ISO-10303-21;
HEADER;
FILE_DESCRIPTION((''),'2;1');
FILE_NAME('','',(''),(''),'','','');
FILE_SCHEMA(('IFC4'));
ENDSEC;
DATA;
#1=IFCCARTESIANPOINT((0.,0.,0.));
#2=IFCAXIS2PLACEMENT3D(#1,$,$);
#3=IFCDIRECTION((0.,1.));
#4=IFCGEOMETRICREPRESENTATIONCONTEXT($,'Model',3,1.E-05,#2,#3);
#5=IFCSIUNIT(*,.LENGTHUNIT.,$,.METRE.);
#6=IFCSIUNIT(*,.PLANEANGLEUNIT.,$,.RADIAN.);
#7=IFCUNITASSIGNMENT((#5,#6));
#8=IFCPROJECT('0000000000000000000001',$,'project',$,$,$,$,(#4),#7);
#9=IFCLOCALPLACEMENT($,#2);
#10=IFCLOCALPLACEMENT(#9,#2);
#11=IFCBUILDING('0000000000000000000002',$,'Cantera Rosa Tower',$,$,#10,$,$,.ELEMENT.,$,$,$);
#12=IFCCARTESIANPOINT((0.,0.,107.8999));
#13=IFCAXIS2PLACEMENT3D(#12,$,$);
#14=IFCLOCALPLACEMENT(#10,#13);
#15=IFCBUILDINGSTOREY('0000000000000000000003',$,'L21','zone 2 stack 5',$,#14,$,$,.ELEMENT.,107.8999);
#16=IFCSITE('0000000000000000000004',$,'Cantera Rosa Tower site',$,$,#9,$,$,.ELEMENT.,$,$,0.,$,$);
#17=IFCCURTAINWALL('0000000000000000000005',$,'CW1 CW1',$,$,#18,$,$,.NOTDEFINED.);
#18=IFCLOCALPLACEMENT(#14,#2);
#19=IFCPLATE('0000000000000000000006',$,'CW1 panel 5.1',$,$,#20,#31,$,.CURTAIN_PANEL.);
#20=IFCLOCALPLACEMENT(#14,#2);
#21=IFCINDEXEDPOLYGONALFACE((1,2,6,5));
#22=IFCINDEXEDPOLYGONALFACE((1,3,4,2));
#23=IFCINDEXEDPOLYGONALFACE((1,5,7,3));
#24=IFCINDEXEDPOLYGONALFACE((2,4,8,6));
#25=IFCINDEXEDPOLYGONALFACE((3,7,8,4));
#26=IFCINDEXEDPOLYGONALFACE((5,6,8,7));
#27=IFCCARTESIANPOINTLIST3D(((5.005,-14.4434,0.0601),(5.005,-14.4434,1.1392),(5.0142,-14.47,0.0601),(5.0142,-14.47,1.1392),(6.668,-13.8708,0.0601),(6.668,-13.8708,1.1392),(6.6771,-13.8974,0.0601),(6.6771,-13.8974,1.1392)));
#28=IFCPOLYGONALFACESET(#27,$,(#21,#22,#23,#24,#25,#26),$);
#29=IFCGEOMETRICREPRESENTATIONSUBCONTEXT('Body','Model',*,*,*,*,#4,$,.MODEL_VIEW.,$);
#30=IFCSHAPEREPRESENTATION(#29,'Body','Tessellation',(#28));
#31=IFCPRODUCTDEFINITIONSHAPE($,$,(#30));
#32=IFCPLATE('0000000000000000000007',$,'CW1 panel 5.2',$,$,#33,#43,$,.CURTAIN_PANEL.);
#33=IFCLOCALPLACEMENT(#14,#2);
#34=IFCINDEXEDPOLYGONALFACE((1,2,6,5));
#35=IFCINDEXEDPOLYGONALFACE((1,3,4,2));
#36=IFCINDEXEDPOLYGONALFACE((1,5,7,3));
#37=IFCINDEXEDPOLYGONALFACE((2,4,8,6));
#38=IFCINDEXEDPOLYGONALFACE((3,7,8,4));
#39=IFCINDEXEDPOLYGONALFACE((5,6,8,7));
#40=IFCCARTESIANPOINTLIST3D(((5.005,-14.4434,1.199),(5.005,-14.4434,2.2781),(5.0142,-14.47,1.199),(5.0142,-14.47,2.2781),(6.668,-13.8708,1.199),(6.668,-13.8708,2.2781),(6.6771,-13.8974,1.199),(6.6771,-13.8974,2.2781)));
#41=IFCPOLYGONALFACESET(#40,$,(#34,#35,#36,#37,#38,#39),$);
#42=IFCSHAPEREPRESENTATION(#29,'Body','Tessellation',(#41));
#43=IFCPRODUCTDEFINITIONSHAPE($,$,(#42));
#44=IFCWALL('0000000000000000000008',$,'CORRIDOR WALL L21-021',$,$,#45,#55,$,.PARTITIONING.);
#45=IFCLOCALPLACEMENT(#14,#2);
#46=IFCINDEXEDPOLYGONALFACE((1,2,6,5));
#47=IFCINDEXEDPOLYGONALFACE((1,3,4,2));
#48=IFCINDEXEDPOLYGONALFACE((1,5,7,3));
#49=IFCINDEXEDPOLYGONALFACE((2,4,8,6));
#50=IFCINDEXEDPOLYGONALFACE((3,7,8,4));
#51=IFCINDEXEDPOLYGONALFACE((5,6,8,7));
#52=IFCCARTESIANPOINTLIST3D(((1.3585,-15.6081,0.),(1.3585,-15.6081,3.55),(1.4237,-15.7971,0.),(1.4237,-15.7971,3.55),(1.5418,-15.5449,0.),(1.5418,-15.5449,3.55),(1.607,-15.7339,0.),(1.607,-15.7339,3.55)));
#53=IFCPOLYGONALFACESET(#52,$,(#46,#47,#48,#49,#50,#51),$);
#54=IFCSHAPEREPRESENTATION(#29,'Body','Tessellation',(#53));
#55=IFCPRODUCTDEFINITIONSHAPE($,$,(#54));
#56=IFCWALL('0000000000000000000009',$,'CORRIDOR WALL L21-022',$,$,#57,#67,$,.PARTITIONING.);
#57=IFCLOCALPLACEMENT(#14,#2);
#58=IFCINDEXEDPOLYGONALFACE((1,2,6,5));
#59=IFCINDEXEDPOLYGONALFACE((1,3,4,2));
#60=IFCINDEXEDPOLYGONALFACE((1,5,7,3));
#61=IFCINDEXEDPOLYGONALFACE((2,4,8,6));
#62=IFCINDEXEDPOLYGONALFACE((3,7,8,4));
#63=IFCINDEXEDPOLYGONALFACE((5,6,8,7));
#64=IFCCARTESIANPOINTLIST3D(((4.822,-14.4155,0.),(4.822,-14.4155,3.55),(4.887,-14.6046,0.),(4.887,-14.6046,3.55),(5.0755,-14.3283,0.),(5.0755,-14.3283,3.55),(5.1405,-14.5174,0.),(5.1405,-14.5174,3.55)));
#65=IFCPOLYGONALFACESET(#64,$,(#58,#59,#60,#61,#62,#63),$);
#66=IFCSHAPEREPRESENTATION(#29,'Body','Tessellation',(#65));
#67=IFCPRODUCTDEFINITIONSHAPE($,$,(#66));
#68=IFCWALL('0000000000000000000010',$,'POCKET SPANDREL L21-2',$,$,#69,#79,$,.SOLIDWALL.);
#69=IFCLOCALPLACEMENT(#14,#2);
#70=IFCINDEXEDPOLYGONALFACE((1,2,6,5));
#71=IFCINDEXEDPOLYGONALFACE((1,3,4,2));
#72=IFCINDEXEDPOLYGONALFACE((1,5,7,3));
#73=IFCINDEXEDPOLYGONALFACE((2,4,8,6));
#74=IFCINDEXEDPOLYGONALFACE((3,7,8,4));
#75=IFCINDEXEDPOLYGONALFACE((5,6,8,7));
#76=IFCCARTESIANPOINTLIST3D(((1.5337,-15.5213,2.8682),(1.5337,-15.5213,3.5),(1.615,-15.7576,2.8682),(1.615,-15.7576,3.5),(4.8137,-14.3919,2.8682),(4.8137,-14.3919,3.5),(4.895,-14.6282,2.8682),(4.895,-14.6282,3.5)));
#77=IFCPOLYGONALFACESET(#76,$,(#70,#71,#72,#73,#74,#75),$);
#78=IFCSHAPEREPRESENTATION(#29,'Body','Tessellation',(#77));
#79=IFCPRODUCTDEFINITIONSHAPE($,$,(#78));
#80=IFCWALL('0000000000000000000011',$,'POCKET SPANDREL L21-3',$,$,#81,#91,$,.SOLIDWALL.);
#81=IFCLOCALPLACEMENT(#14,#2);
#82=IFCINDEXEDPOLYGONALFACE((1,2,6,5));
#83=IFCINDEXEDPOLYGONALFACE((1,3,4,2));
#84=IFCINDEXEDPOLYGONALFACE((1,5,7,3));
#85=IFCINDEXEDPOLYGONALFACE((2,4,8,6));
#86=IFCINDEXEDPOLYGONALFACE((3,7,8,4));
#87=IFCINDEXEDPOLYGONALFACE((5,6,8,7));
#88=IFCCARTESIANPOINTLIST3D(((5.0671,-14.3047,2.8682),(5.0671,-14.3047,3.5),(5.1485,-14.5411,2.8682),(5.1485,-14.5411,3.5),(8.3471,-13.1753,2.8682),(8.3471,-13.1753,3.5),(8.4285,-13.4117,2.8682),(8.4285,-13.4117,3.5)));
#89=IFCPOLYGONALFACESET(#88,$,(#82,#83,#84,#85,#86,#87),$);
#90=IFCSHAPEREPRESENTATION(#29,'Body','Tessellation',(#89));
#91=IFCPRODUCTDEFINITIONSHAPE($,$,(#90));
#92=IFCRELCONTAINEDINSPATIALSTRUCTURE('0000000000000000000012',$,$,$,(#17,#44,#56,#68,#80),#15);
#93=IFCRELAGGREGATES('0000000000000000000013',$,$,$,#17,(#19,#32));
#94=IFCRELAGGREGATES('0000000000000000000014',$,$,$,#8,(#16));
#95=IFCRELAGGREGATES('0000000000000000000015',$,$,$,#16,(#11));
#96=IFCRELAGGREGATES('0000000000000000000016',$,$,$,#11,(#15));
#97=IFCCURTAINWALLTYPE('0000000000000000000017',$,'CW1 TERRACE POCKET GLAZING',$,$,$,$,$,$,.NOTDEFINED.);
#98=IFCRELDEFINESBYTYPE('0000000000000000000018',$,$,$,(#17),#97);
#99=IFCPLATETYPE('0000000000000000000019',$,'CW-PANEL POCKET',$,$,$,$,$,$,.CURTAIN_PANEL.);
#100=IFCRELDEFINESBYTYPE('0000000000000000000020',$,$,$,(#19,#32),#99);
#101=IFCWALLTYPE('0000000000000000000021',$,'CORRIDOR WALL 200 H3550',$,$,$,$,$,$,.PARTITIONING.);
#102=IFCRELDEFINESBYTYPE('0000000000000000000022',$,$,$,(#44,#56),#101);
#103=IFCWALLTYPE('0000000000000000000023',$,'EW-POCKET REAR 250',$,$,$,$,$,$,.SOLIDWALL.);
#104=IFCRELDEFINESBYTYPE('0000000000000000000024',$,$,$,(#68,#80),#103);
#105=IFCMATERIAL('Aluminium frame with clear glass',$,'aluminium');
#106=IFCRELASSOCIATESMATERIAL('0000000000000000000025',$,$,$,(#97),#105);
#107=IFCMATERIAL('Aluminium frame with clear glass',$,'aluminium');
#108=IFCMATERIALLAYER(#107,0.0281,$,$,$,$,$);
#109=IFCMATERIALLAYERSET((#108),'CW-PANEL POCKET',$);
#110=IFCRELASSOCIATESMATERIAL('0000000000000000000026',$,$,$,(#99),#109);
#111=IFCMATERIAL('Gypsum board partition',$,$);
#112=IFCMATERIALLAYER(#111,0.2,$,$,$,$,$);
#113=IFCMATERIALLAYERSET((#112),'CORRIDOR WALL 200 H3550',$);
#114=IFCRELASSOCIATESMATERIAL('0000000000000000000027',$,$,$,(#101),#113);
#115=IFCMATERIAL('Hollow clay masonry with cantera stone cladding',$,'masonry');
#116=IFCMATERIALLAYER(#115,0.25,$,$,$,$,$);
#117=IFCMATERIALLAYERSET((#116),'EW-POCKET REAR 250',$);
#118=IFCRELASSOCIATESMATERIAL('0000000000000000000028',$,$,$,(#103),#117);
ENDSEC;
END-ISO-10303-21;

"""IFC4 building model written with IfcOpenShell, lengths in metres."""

from ifc_helpers import new_model, si_unit, direction, frame, frame_2d, origin, origin_2d, place, context, subcontext, project, spatial, rectangle, extrude, material, layer, layer_set, type_object, element, aggregate, save


model = new_model("IFC4")

# Units and contexts
model_context = context("Model", 3, precision=1e-05, world=origin(), true_north=direction((0.0, 1.0)))
body_context = subcontext(model_context, "Body", "Model", "MODEL_VIEW")
ifc_project = project(units=[si_unit("LENGTHUNIT", "METRE"), si_unit("PLANEANGLEUNIT", "RADIAN")], contexts=[model_context])

# Site, building, storey
site_placement = place(None, origin())
site = spatial("IfcSite", under=ifc_project, at=site_placement, Name="Cantera Rosa Tower site", CompositionType="ELEMENT", RefElevation=0.0)
building_placement = place(site_placement, origin())
building = spatial("IfcBuilding", under=site, at=building_placement, Name="Cantera Rosa Tower", CompositionType="ELEMENT")
storey_placement = place(building_placement, frame((0.0, 0.0, 107.8999)))
storey = spatial("IfcBuildingStorey", under=building, at=storey_placement, Name="L21", Description="zone 2 stack 5", CompositionType="ELEMENT", Elevation=107.8999)

# Curtain wall
ifc_material_1 = material(Name="Aluminium frame with clear glass", Category="aluminium")
curtain_wall_type = type_object("IfcCurtainWallType", Name="CW1 TERRACE POCKET GLAZING", PredefinedType="NOTDEFINED", material=ifc_material_1)
curtain_wall_placement = place(storey_placement, origin())
curtain_wall = element("IfcCurtainWall", 1, at=curtain_wall_placement, inside=storey, type_object=curtain_wall_type, Name="CW1 CW1", PredefinedType="NOTDEFINED")

# Plates
ifc_material_2 = material(Name="Aluminium frame with clear glass", Category="aluminium")
ifc_layer_1 = layer(ifc_material_2, 0.0281)
ifc_layer_set_1 = layer_set([ifc_layer_1], Name="CW-PANEL POCKET")
plate_type = type_object("IfcPlateType", Name="CW-PANEL POCKET", PredefinedType="CURTAIN_PANEL", material=ifc_layer_set_1)
plate_1_placement = place(storey_placement, frame((5.8411, -14.1704, 0.0601), z_axis=(0.0, 0.0, 1.0), x_axis=(0.945519, 0.325568, 0.0)))
plate_1 = element("IfcPlate", 2, at=plate_1_placement, type_object=plate_type, Name="CW1 panel 5.1", PredefinedType="CURTAIN_PANEL", context=body_context, shape_type="SweptSolid", body=[
    extrude(rectangle(XDim=1.7588, YDim=0.0281, at=origin_2d()), origin(), (0.0, 0.0, 1.0), 1.0791),
])
plate_2_placement = place(storey_placement, frame((5.8411, -14.1704, 1.199), z_axis=(0.0, 0.0, 1.0), x_axis=(0.945519, 0.325568, 0.0)))
plate_2 = element("IfcPlate", 3, at=plate_2_placement, type_object=plate_type, Name="CW1 panel 5.2", PredefinedType="CURTAIN_PANEL", context=body_context, shape_type="SweptSolid", body=[
    extrude(rectangle(XDim=1.7588, YDim=0.0281, at=origin_2d()), origin(), (0.0, 0.0, 1.0), 1.0791),
])
aggregate(curtain_wall, [plate_1, plate_2])

# Walls
ifc_material_3 = material(Name="Gypsum board partition")
ifc_layer_2 = layer(ifc_material_3, 0.2)
ifc_layer_set_2 = layer_set([ifc_layer_2], Name="CORRIDOR WALL 200 H3550")
wall_type_1 = type_object("IfcWallType", Name="CORRIDOR WALL 200 H3550", PredefinedType="PARTITIONING", material=ifc_layer_set_2)
wall_1_placement = place(storey_placement, frame((1.3911, -15.7026, 0.0), z_axis=(0.0, 0.0, 1.0), x_axis=(0.94536, 0.326029, 0.0)))
element("IfcWall", 4, at=wall_1_placement, inside=storey, type_object=wall_type_1, Name="CORRIDOR WALL L21-021", PredefinedType="PARTITIONING", context=body_context, shape_type="SweptSolid", body=[
    extrude(rectangle(XDim=0.1938, YDim=0.2, at=frame_2d((0.0969, 0.0))), origin(), (0.0, 0.0, 1.0), 3.55),
])
wall_2_placement = place(storey_placement, frame((4.8545, -14.51, 0.0), z_axis=(0.0, 0.0, 1.0), x_axis=(0.945634, 0.325233, 0.0)))
element("IfcWall", 5, at=wall_2_placement, inside=storey, type_object=wall_type_1, Name="CORRIDOR WALL L21-022", PredefinedType="PARTITIONING", context=body_context, shape_type="SweptSolid", body=[
    extrude(rectangle(XDim=0.2681, YDim=0.2, at=frame_2d((0.134, 0.0))), origin(), (0.0, 0.0, 1.0), 3.55),
])
ifc_material_4 = material(Name="Hollow clay masonry with cantera stone cladding", Category="masonry")
ifc_layer_3 = layer(ifc_material_4, 0.25)
ifc_layer_set_3 = layer_set([ifc_layer_3], Name="EW-POCKET REAR 250")
wall_type_2 = type_object("IfcWallType", Name="EW-POCKET REAR 250", PredefinedType="SOLIDWALL", material=ifc_layer_set_3)
for number, where, z_axis, x_axis, name in (
    (6, (1.5745, -15.6394, 2.8682), (0.0, 0.0, 1.0), (0.945519, 0.325566, 0.0), "POCKET SPANDREL L21-2"),
    (7, (5.1079, -14.4229, 2.8682), (0.0, 0.0, 1.0), (0.945519, 0.325566, 0.0), "POCKET SPANDREL L21-3"),
):
    element("IfcWall", number, at=place(storey_placement, frame(where, z_axis=z_axis, x_axis=x_axis)), inside=storey, type_object=wall_type_2, Name=name, PredefinedType="SOLIDWALL", context=body_context, shape_type="SweptSolid", body=[
        extrude(rectangle(XDim=3.469, YDim=0.25, at=frame_2d((1.7344, 0.0))), origin(), (0.0, 0.0, 1.0), 0.6318),
    ])

save(model, "model.ifc")
